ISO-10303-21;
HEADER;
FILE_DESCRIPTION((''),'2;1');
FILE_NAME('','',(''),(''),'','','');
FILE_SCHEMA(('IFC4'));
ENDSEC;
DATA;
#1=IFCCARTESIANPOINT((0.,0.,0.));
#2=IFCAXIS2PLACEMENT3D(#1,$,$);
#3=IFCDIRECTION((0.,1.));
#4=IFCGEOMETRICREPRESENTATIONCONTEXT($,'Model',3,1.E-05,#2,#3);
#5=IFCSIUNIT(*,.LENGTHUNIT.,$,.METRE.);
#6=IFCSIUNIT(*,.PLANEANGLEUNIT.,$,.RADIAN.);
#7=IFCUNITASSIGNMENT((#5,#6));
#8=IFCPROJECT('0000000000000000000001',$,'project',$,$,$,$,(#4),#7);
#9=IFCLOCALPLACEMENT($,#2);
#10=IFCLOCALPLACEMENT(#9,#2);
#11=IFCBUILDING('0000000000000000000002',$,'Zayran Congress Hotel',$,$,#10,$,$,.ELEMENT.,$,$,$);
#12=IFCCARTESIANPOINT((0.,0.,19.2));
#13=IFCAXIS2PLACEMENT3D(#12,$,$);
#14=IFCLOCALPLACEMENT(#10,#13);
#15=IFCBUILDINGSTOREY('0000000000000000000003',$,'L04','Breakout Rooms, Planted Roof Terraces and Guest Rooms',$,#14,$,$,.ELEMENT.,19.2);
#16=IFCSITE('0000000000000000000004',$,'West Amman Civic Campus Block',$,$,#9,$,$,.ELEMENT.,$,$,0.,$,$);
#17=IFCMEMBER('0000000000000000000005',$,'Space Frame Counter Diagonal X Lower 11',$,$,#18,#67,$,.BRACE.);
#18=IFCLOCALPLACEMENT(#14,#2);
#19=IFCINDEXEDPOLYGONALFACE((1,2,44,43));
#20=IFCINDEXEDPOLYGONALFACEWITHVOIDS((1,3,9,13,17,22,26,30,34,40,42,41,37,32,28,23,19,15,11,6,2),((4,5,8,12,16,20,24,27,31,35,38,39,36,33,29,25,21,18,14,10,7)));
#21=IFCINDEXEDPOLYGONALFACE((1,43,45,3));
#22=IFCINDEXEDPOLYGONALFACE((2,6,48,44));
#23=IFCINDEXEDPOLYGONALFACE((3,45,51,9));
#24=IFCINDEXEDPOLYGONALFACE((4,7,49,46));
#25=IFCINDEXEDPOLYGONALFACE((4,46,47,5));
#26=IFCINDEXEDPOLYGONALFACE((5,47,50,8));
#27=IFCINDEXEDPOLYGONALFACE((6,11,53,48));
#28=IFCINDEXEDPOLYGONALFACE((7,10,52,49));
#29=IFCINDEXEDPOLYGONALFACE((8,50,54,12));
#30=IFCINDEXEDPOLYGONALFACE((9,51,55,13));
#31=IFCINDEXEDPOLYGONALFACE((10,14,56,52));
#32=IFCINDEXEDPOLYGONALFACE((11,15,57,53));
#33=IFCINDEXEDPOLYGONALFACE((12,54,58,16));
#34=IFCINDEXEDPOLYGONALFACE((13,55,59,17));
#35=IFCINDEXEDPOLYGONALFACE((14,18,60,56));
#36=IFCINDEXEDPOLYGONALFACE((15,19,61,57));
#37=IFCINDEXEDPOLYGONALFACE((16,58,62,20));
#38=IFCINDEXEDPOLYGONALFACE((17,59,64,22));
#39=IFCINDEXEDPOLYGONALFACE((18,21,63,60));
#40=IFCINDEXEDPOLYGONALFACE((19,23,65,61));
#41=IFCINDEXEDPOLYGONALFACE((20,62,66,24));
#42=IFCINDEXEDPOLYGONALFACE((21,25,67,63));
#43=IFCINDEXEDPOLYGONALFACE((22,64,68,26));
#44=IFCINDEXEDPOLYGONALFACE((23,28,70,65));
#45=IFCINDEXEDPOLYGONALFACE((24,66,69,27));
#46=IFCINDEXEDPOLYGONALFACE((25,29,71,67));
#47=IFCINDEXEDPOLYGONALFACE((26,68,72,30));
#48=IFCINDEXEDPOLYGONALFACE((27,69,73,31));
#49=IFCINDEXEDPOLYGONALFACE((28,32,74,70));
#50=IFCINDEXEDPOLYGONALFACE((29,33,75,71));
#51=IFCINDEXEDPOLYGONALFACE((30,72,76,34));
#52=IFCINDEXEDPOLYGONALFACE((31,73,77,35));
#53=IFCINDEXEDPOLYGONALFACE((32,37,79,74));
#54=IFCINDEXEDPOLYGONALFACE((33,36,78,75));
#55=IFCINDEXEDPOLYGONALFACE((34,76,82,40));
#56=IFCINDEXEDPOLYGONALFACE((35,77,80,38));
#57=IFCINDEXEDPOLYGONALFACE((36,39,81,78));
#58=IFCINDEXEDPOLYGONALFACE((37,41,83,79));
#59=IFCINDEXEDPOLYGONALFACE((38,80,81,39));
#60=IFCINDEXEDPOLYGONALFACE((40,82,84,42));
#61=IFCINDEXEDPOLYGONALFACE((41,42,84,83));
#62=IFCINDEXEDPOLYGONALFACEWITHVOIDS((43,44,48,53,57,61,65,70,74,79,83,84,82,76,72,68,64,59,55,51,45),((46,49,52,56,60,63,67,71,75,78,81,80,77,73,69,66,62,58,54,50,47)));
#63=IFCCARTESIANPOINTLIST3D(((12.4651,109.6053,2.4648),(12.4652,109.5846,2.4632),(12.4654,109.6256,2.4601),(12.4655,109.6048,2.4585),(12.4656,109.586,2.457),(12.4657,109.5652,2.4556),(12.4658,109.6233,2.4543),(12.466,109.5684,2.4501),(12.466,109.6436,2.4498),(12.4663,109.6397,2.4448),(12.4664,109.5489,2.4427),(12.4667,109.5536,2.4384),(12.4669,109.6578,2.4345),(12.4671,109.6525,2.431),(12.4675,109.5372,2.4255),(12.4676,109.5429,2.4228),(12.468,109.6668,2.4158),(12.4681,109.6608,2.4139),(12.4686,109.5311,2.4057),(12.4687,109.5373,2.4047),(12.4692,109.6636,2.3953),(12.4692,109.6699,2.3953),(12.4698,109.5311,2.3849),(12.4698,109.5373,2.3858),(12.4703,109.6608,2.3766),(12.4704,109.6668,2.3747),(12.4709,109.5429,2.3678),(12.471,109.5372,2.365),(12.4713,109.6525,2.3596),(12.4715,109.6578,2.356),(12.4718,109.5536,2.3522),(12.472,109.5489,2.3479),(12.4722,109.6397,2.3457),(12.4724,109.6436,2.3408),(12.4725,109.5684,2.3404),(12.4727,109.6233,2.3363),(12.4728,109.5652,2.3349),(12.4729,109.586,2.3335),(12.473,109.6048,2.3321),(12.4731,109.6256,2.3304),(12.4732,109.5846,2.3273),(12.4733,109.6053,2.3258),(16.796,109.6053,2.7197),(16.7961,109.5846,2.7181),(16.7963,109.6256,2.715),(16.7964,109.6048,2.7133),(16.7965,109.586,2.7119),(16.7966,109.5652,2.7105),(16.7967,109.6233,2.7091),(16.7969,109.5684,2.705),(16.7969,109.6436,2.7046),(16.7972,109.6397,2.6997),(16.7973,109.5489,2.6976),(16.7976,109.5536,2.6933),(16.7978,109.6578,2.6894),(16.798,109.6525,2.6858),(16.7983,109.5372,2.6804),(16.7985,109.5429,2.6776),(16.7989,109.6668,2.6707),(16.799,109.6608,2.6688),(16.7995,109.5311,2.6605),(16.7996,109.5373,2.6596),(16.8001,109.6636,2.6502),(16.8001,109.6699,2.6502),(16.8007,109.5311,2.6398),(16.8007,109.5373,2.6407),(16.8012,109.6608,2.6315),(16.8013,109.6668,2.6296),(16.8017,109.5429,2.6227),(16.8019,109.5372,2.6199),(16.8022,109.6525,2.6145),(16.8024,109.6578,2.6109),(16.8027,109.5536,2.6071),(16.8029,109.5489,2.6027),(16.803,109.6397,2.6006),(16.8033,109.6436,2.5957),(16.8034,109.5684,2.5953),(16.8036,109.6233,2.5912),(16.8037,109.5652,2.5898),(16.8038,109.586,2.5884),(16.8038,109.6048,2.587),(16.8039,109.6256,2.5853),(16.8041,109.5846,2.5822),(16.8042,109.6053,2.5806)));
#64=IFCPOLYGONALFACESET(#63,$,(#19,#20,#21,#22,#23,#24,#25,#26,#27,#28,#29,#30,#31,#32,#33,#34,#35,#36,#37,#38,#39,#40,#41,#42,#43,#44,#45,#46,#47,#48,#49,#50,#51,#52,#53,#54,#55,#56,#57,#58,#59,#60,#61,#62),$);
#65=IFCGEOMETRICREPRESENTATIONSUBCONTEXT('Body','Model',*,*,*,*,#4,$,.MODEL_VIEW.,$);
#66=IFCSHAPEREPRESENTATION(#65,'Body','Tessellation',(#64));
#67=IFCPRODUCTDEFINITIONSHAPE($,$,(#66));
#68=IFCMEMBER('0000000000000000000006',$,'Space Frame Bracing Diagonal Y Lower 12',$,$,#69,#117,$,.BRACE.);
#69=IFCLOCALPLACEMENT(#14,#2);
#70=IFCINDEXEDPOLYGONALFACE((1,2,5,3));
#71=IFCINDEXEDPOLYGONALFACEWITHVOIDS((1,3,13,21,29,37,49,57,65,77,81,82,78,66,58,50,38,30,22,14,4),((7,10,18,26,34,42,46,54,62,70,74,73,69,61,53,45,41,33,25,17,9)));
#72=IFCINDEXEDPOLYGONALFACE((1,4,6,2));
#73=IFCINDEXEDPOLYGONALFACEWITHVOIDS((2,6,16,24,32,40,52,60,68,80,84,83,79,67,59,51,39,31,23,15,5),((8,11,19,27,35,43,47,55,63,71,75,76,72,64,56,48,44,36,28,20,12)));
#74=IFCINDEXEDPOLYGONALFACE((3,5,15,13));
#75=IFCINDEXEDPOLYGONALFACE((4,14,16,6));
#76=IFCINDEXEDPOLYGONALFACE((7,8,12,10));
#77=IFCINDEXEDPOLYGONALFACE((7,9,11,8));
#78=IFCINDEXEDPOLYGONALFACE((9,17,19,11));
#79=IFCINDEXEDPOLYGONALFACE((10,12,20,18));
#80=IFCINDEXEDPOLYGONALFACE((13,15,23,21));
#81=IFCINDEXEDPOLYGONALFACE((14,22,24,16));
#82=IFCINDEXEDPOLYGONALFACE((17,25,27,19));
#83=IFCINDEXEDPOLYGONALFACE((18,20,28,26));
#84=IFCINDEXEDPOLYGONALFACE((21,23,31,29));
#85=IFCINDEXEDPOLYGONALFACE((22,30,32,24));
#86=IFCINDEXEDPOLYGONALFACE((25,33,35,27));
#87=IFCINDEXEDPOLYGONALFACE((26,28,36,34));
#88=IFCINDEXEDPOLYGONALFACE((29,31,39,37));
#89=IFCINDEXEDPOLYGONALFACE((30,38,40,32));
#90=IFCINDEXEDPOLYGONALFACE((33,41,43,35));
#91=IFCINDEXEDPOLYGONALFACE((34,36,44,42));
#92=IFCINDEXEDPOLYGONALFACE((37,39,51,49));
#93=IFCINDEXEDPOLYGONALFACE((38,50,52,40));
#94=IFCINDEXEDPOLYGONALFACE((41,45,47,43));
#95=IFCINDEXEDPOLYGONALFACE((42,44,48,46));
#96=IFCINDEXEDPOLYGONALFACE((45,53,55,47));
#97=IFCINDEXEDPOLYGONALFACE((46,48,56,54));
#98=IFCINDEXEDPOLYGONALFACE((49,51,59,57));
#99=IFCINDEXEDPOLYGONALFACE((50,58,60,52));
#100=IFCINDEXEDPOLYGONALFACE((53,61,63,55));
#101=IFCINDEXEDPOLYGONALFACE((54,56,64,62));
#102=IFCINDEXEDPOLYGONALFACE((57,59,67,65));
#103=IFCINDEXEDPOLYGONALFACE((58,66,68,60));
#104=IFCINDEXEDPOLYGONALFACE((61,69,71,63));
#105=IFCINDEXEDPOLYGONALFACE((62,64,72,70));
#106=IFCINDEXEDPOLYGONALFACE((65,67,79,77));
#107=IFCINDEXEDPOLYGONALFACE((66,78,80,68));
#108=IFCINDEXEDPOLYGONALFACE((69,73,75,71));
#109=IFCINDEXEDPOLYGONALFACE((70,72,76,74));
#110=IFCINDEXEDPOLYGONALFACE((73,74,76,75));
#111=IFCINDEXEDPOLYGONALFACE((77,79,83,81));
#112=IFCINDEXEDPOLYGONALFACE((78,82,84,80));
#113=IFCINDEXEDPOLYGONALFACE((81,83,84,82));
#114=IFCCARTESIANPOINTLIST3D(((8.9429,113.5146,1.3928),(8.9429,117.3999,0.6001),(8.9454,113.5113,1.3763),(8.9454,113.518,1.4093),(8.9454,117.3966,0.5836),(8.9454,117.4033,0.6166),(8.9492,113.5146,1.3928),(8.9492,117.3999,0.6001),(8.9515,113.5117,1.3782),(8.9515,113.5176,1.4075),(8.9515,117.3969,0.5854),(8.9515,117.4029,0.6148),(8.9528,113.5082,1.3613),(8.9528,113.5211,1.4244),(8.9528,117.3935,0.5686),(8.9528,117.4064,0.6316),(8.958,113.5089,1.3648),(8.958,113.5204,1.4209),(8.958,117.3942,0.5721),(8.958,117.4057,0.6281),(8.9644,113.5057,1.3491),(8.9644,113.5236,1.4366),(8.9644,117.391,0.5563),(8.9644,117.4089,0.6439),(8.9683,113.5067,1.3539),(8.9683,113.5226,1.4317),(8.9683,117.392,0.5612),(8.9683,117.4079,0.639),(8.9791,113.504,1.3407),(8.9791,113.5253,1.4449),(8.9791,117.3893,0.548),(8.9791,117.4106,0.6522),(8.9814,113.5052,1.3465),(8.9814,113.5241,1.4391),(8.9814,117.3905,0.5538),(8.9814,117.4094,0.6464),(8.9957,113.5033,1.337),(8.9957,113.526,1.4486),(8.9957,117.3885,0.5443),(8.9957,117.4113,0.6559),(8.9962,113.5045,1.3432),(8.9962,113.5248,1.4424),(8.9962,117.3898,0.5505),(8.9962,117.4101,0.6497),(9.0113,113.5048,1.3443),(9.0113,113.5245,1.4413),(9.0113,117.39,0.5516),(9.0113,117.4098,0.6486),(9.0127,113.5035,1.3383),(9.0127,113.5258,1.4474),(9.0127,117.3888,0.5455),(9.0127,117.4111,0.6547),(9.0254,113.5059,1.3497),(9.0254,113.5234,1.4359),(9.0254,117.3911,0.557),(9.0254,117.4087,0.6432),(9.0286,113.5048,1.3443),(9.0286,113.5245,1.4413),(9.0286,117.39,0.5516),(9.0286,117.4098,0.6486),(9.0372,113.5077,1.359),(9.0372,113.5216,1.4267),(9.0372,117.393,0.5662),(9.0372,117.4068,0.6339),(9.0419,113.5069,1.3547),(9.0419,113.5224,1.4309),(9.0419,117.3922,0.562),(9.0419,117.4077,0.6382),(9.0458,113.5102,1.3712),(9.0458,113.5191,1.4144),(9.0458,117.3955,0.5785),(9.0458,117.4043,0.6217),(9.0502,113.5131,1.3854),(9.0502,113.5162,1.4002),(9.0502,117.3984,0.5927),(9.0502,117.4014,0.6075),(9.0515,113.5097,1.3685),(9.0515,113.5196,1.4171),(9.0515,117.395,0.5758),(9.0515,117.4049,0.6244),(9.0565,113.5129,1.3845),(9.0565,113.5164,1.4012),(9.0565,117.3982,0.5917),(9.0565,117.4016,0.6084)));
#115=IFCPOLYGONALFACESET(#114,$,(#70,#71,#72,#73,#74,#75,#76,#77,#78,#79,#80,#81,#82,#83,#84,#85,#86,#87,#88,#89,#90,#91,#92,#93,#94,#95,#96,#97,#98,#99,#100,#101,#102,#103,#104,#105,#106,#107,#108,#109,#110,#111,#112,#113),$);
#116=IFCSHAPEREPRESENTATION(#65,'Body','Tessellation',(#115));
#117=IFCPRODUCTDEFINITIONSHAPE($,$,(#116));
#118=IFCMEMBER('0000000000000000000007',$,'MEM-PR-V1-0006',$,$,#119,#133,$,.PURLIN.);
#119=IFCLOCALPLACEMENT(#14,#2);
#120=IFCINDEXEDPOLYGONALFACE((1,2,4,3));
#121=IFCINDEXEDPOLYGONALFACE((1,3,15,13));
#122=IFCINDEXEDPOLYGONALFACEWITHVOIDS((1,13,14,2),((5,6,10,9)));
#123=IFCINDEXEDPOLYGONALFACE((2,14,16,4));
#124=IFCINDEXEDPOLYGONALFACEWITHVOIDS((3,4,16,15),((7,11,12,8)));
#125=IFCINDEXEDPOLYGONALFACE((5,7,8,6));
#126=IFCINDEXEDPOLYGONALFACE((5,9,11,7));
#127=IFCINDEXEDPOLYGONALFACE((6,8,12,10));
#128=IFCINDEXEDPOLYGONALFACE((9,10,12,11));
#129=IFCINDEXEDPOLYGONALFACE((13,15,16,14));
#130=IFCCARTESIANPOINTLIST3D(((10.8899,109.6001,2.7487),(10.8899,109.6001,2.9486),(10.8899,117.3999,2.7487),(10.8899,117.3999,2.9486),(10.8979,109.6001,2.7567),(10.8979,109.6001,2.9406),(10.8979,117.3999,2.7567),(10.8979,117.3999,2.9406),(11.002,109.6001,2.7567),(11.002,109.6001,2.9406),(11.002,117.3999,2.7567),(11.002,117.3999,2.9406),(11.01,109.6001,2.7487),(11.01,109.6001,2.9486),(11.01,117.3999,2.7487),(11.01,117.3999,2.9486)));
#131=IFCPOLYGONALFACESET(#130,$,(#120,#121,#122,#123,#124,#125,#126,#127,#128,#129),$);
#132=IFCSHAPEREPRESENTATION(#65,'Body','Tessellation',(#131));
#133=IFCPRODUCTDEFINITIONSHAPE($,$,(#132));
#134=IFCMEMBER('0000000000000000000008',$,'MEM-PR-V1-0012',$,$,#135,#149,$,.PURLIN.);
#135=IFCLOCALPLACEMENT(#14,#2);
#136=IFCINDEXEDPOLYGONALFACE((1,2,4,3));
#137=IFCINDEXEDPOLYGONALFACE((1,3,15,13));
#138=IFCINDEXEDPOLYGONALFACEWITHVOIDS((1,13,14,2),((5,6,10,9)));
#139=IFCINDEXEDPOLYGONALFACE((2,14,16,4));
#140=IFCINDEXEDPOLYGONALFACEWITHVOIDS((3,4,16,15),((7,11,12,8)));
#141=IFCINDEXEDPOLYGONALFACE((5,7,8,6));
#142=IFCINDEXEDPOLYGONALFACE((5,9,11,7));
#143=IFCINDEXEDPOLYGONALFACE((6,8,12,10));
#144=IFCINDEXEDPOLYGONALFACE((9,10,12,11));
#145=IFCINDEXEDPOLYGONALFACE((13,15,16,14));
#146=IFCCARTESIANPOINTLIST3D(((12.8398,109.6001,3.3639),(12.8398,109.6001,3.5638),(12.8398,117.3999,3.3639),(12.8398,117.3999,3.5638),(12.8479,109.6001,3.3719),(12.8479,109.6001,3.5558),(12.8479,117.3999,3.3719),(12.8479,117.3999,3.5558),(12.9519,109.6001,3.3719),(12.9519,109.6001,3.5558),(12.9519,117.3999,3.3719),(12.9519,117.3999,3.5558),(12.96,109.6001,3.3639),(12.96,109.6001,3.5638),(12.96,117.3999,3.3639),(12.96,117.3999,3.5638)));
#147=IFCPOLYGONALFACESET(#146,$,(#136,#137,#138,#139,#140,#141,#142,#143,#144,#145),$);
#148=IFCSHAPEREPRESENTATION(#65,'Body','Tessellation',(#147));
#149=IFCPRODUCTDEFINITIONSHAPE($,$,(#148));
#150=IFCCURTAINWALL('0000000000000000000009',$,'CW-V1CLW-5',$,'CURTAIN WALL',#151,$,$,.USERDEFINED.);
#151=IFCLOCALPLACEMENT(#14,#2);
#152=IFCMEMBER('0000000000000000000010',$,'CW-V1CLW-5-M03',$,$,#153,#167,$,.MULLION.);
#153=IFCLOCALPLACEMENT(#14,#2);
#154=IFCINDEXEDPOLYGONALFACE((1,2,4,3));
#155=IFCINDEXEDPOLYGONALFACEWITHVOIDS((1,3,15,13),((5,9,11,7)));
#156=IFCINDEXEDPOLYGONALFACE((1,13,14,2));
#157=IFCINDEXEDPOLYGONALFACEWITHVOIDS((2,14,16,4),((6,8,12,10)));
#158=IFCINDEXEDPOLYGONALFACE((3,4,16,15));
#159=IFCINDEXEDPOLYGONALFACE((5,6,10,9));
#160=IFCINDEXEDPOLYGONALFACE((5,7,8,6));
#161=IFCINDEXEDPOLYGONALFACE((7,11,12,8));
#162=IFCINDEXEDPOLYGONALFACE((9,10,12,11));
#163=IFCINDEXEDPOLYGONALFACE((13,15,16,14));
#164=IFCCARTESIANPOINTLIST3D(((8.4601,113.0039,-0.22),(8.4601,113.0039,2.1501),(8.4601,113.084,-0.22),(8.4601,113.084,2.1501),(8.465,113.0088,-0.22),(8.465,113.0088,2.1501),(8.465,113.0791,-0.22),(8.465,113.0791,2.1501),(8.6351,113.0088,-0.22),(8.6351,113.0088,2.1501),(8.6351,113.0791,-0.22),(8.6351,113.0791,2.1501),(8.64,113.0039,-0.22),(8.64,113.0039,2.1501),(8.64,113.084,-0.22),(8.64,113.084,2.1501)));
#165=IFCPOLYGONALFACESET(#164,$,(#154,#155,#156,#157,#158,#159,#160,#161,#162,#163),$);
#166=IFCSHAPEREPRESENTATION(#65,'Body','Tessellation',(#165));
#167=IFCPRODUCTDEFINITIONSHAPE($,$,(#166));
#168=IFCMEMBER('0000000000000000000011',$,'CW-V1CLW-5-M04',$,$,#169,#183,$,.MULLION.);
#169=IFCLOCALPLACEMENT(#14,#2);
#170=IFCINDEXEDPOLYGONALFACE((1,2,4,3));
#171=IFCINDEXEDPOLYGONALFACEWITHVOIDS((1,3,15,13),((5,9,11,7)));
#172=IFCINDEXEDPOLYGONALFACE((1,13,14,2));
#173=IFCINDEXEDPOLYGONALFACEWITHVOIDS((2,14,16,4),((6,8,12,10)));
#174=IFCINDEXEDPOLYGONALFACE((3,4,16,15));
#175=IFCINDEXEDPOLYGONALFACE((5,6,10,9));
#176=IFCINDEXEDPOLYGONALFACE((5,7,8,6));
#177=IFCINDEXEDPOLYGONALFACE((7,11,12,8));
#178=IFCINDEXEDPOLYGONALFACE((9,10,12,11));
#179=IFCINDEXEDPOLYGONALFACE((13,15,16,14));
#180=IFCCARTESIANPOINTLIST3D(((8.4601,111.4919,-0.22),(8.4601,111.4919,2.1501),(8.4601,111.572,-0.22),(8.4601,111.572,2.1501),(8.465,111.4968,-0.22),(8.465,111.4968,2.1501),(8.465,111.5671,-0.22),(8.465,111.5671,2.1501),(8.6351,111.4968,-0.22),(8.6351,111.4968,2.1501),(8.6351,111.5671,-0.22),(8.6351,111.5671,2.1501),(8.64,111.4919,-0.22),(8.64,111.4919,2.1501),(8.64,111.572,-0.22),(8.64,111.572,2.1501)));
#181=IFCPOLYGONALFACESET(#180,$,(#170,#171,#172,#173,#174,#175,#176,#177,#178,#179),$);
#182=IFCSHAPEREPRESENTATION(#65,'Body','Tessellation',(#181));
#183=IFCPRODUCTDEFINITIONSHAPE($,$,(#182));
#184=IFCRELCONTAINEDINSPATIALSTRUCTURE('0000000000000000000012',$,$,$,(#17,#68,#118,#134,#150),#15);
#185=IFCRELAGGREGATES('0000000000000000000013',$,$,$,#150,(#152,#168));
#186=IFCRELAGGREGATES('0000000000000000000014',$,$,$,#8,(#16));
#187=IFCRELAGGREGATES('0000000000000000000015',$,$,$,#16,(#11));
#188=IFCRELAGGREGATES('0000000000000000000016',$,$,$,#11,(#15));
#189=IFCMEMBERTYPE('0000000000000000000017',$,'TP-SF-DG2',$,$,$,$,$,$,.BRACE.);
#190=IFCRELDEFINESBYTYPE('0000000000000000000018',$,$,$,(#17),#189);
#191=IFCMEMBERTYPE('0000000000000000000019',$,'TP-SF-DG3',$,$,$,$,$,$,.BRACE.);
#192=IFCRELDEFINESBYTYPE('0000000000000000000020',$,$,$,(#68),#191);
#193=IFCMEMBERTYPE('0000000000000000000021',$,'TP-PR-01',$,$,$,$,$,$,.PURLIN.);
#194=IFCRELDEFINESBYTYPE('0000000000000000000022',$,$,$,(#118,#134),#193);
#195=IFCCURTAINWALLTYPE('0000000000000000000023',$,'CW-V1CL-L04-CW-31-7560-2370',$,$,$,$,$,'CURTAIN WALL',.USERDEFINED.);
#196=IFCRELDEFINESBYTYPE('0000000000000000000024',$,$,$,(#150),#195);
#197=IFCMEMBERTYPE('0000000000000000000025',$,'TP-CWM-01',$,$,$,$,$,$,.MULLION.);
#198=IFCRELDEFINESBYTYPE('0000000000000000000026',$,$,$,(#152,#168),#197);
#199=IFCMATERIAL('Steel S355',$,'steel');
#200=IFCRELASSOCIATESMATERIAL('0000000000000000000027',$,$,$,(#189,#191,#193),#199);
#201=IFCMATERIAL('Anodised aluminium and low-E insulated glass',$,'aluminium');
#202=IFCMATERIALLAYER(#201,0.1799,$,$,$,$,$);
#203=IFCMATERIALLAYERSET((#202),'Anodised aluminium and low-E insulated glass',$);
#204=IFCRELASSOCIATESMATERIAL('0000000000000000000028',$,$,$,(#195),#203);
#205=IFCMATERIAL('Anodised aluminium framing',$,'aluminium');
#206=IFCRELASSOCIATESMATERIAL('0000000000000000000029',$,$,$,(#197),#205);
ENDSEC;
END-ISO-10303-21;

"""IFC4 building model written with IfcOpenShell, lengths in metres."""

from ifc_helpers import new_model, si_unit, direction, frame, origin, origin_2d, place, context, subcontext, project, spatial, hollow_rectangle, hollow_circle, extrude, material, layer, layer_set, material_profile, profile_set, type_object, element, aggregate, save


model = new_model("IFC4")

# Units and contexts
model_context = context("Model", 3, precision=1e-05, world=origin(), true_north=direction((0.0, 1.0)))
body_context = subcontext(model_context, "Body", "Model", "MODEL_VIEW")
ifc_project = project(units=[si_unit("LENGTHUNIT", "METRE"), si_unit("PLANEANGLEUNIT", "RADIAN")], contexts=[model_context])

# Site, building, storey
site_placement = place(None, origin())
site = spatial("IfcSite", under=ifc_project, at=site_placement, Name="West Amman Civic Campus Block", CompositionType="ELEMENT", RefElevation=0.0)
building_placement = place(site_placement, origin())
building = spatial("IfcBuilding", under=site, at=building_placement, Name="Zayran Congress Hotel", CompositionType="ELEMENT")
storey_placement = place(building_placement, frame((0.0, 0.0, 19.2)))
storey = spatial("IfcBuildingStorey", under=building, at=storey_placement, Name="L04", Description="Breakout Rooms, Planted Roof Terraces and Guest Rooms", CompositionType="ELEMENT", Elevation=19.2)

# Members
ifc_material_1 = material(Name="Steel S355", Category="steel")
ifc_material_profile_1 = material_profile(ifc_material_1, hollow_circle(Radius=0.0698, WallThickness=0.0063, at=origin_2d()), Name="CHS 139.7x6.3")
ifc_profile_set_1 = profile_set([ifc_material_profile_1], Name="Steel S355")
member_type_1 = type_object("IfcMemberType", Name="TP-SF-DG2", PredefinedType="BRACE", material=ifc_profile_set_1)
member_1_placement = place(storey_placement, frame((12.4692, 109.6001, 2.3953), z_axis=(0.998273, 0.0, 0.058752), x_axis=(0.0, 1.0, 0.0)))
element("IfcMember", 1, at=member_1_placement, inside=storey, type_object=member_type_1, Name="Space Frame Counter Diagonal X Lower 11", PredefinedType="BRACE", context=body_context, shape_type="SweptSolid", body=[
    extrude(hollow_circle(Radius=0.0698, WallThickness=0.0063, at=origin_2d()), origin(), (0.0, 0.0, 1.0), 4.3384),
])
ifc_material_profile_2 = material_profile(ifc_material_1, hollow_circle(Radius=0.0571, WallThickness=0.0063, at=origin_2d()), Name="CHS 114.3x6.3")
ifc_profile_set_2 = profile_set([ifc_material_profile_2], Name="Steel S355")
member_type_2 = type_object("IfcMemberType", Name="TP-SF-DG3", PredefinedType="BRACE", material=ifc_profile_set_2)
member_2_placement = place(storey_placement, frame((9.0, 113.5146, 1.3928), z_axis=(0.0, 0.979813, -0.199915), x_axis=(-1.0, 0.0, 0.0)))
element("IfcMember", 2, at=member_2_placement, inside=storey, type_object=member_type_2, Name="Space Frame Bracing Diagonal Y Lower 12", PredefinedType="BRACE", context=body_context, shape_type="SweptSolid", body=[
    extrude(hollow_circle(Radius=0.0571, WallThickness=0.0063, at=origin_2d()), origin(), (0.0, 0.0, 1.0), 3.9653),
])
ifc_material_profile_3 = material_profile(ifc_material_1, hollow_rectangle(XDim=0.1201, YDim=0.2, WallThickness=0.0081, at=origin_2d()), Name="RHS 200x120x8")
ifc_profile_set_3 = profile_set([ifc_material_profile_3], Name="Steel S355")
member_type_3 = type_object("IfcMemberType", Name="TP-PR-01", PredefinedType="PURLIN", material=ifc_profile_set_3)
for number, where, z_axis, x_axis, name in (
    (3, (10.95, 109.6001, 2.8486), (0.0, 1.0, 0.0), (-1.0, 0.0, 0.0), "MEM-PR-V1-0006"),
    (4, (12.8999, 109.6001, 3.4639), (0.0, 1.0, 0.0), (-1.0, 0.0, 0.0), "MEM-PR-V1-0012"),
):
    element("IfcMember", number, at=place(storey_placement, frame(where, z_axis=z_axis, x_axis=x_axis)), inside=storey, type_object=member_type_3, Name=name, PredefinedType="PURLIN", context=body_context, shape_type="SweptSolid", body=[
        extrude(hollow_rectangle(XDim=0.1201, YDim=0.2, WallThickness=0.0081, at=origin_2d()), origin(), (0.0, 0.0, 1.0), 7.7998),
    ])

# Curtain wall, members
ifc_material_2 = material(Name="Anodised aluminium and low-E insulated glass", Category="aluminium")
ifc_layer_1 = layer(ifc_material_2, 0.1799)
ifc_layer_set_1 = layer_set([ifc_layer_1], Name="Anodised aluminium and low-E insulated glass")
curtain_wall_type = type_object("IfcCurtainWallType", Name="CW-V1CL-L04-CW-31-7560-2370", ElementType="CURTAIN WALL", PredefinedType="USERDEFINED", material=ifc_layer_set_1)
curtain_wall_placement = place(storey_placement, origin())
curtain_wall = element("IfcCurtainWall", 5, at=curtain_wall_placement, inside=storey, type_object=curtain_wall_type, Name="CW-V1CLW-5", ObjectType="CURTAIN WALL", PredefinedType="USERDEFINED")
ifc_material_3 = material(Name="Anodised aluminium framing", Category="aluminium")
ifc_material_profile_4 = material_profile(ifc_material_3, hollow_rectangle(XDim=0.0801, YDim=0.1799, WallThickness=0.0049, at=origin_2d()), Name="RHS 180x80x5")
ifc_profile_set_4 = profile_set([ifc_material_profile_4], Name="Anodised aluminium framing")
member_type_4 = type_object("IfcMemberType", Name="TP-CWM-01", PredefinedType="MULLION", material=ifc_profile_set_4)
member_3_placement = place(storey_placement, frame((8.55, 113.0439, -0.22), z_axis=(0.0, 0.0, 1.0), x_axis=(0.0, 1.0, 0.0)))
member_3 = element("IfcMember", 6, at=member_3_placement, type_object=member_type_4, Name="CW-V1CLW-5-M03", PredefinedType="MULLION", context=body_context, shape_type="SweptSolid", body=[
    extrude(hollow_rectangle(XDim=0.0801, YDim=0.1799, WallThickness=0.0049, at=origin_2d()), origin(), (0.0, 0.0, 1.0), 2.3701),
])
member_4_placement = place(storey_placement, frame((8.55, 111.532, -0.22), z_axis=(0.0, 0.0, 1.0), x_axis=(0.0, 1.0, 0.0)))
member_4 = element("IfcMember", 7, at=member_4_placement, type_object=member_type_4, Name="CW-V1CLW-5-M04", PredefinedType="MULLION", context=body_context, shape_type="SweptSolid", body=[
    extrude(hollow_rectangle(XDim=0.0801, YDim=0.1799, WallThickness=0.0049, at=origin_2d()), origin(), (0.0, 0.0, 1.0), 2.3701),
])

aggregate(curtain_wall, [member_3, member_4])

save(model, "model.ifc")
